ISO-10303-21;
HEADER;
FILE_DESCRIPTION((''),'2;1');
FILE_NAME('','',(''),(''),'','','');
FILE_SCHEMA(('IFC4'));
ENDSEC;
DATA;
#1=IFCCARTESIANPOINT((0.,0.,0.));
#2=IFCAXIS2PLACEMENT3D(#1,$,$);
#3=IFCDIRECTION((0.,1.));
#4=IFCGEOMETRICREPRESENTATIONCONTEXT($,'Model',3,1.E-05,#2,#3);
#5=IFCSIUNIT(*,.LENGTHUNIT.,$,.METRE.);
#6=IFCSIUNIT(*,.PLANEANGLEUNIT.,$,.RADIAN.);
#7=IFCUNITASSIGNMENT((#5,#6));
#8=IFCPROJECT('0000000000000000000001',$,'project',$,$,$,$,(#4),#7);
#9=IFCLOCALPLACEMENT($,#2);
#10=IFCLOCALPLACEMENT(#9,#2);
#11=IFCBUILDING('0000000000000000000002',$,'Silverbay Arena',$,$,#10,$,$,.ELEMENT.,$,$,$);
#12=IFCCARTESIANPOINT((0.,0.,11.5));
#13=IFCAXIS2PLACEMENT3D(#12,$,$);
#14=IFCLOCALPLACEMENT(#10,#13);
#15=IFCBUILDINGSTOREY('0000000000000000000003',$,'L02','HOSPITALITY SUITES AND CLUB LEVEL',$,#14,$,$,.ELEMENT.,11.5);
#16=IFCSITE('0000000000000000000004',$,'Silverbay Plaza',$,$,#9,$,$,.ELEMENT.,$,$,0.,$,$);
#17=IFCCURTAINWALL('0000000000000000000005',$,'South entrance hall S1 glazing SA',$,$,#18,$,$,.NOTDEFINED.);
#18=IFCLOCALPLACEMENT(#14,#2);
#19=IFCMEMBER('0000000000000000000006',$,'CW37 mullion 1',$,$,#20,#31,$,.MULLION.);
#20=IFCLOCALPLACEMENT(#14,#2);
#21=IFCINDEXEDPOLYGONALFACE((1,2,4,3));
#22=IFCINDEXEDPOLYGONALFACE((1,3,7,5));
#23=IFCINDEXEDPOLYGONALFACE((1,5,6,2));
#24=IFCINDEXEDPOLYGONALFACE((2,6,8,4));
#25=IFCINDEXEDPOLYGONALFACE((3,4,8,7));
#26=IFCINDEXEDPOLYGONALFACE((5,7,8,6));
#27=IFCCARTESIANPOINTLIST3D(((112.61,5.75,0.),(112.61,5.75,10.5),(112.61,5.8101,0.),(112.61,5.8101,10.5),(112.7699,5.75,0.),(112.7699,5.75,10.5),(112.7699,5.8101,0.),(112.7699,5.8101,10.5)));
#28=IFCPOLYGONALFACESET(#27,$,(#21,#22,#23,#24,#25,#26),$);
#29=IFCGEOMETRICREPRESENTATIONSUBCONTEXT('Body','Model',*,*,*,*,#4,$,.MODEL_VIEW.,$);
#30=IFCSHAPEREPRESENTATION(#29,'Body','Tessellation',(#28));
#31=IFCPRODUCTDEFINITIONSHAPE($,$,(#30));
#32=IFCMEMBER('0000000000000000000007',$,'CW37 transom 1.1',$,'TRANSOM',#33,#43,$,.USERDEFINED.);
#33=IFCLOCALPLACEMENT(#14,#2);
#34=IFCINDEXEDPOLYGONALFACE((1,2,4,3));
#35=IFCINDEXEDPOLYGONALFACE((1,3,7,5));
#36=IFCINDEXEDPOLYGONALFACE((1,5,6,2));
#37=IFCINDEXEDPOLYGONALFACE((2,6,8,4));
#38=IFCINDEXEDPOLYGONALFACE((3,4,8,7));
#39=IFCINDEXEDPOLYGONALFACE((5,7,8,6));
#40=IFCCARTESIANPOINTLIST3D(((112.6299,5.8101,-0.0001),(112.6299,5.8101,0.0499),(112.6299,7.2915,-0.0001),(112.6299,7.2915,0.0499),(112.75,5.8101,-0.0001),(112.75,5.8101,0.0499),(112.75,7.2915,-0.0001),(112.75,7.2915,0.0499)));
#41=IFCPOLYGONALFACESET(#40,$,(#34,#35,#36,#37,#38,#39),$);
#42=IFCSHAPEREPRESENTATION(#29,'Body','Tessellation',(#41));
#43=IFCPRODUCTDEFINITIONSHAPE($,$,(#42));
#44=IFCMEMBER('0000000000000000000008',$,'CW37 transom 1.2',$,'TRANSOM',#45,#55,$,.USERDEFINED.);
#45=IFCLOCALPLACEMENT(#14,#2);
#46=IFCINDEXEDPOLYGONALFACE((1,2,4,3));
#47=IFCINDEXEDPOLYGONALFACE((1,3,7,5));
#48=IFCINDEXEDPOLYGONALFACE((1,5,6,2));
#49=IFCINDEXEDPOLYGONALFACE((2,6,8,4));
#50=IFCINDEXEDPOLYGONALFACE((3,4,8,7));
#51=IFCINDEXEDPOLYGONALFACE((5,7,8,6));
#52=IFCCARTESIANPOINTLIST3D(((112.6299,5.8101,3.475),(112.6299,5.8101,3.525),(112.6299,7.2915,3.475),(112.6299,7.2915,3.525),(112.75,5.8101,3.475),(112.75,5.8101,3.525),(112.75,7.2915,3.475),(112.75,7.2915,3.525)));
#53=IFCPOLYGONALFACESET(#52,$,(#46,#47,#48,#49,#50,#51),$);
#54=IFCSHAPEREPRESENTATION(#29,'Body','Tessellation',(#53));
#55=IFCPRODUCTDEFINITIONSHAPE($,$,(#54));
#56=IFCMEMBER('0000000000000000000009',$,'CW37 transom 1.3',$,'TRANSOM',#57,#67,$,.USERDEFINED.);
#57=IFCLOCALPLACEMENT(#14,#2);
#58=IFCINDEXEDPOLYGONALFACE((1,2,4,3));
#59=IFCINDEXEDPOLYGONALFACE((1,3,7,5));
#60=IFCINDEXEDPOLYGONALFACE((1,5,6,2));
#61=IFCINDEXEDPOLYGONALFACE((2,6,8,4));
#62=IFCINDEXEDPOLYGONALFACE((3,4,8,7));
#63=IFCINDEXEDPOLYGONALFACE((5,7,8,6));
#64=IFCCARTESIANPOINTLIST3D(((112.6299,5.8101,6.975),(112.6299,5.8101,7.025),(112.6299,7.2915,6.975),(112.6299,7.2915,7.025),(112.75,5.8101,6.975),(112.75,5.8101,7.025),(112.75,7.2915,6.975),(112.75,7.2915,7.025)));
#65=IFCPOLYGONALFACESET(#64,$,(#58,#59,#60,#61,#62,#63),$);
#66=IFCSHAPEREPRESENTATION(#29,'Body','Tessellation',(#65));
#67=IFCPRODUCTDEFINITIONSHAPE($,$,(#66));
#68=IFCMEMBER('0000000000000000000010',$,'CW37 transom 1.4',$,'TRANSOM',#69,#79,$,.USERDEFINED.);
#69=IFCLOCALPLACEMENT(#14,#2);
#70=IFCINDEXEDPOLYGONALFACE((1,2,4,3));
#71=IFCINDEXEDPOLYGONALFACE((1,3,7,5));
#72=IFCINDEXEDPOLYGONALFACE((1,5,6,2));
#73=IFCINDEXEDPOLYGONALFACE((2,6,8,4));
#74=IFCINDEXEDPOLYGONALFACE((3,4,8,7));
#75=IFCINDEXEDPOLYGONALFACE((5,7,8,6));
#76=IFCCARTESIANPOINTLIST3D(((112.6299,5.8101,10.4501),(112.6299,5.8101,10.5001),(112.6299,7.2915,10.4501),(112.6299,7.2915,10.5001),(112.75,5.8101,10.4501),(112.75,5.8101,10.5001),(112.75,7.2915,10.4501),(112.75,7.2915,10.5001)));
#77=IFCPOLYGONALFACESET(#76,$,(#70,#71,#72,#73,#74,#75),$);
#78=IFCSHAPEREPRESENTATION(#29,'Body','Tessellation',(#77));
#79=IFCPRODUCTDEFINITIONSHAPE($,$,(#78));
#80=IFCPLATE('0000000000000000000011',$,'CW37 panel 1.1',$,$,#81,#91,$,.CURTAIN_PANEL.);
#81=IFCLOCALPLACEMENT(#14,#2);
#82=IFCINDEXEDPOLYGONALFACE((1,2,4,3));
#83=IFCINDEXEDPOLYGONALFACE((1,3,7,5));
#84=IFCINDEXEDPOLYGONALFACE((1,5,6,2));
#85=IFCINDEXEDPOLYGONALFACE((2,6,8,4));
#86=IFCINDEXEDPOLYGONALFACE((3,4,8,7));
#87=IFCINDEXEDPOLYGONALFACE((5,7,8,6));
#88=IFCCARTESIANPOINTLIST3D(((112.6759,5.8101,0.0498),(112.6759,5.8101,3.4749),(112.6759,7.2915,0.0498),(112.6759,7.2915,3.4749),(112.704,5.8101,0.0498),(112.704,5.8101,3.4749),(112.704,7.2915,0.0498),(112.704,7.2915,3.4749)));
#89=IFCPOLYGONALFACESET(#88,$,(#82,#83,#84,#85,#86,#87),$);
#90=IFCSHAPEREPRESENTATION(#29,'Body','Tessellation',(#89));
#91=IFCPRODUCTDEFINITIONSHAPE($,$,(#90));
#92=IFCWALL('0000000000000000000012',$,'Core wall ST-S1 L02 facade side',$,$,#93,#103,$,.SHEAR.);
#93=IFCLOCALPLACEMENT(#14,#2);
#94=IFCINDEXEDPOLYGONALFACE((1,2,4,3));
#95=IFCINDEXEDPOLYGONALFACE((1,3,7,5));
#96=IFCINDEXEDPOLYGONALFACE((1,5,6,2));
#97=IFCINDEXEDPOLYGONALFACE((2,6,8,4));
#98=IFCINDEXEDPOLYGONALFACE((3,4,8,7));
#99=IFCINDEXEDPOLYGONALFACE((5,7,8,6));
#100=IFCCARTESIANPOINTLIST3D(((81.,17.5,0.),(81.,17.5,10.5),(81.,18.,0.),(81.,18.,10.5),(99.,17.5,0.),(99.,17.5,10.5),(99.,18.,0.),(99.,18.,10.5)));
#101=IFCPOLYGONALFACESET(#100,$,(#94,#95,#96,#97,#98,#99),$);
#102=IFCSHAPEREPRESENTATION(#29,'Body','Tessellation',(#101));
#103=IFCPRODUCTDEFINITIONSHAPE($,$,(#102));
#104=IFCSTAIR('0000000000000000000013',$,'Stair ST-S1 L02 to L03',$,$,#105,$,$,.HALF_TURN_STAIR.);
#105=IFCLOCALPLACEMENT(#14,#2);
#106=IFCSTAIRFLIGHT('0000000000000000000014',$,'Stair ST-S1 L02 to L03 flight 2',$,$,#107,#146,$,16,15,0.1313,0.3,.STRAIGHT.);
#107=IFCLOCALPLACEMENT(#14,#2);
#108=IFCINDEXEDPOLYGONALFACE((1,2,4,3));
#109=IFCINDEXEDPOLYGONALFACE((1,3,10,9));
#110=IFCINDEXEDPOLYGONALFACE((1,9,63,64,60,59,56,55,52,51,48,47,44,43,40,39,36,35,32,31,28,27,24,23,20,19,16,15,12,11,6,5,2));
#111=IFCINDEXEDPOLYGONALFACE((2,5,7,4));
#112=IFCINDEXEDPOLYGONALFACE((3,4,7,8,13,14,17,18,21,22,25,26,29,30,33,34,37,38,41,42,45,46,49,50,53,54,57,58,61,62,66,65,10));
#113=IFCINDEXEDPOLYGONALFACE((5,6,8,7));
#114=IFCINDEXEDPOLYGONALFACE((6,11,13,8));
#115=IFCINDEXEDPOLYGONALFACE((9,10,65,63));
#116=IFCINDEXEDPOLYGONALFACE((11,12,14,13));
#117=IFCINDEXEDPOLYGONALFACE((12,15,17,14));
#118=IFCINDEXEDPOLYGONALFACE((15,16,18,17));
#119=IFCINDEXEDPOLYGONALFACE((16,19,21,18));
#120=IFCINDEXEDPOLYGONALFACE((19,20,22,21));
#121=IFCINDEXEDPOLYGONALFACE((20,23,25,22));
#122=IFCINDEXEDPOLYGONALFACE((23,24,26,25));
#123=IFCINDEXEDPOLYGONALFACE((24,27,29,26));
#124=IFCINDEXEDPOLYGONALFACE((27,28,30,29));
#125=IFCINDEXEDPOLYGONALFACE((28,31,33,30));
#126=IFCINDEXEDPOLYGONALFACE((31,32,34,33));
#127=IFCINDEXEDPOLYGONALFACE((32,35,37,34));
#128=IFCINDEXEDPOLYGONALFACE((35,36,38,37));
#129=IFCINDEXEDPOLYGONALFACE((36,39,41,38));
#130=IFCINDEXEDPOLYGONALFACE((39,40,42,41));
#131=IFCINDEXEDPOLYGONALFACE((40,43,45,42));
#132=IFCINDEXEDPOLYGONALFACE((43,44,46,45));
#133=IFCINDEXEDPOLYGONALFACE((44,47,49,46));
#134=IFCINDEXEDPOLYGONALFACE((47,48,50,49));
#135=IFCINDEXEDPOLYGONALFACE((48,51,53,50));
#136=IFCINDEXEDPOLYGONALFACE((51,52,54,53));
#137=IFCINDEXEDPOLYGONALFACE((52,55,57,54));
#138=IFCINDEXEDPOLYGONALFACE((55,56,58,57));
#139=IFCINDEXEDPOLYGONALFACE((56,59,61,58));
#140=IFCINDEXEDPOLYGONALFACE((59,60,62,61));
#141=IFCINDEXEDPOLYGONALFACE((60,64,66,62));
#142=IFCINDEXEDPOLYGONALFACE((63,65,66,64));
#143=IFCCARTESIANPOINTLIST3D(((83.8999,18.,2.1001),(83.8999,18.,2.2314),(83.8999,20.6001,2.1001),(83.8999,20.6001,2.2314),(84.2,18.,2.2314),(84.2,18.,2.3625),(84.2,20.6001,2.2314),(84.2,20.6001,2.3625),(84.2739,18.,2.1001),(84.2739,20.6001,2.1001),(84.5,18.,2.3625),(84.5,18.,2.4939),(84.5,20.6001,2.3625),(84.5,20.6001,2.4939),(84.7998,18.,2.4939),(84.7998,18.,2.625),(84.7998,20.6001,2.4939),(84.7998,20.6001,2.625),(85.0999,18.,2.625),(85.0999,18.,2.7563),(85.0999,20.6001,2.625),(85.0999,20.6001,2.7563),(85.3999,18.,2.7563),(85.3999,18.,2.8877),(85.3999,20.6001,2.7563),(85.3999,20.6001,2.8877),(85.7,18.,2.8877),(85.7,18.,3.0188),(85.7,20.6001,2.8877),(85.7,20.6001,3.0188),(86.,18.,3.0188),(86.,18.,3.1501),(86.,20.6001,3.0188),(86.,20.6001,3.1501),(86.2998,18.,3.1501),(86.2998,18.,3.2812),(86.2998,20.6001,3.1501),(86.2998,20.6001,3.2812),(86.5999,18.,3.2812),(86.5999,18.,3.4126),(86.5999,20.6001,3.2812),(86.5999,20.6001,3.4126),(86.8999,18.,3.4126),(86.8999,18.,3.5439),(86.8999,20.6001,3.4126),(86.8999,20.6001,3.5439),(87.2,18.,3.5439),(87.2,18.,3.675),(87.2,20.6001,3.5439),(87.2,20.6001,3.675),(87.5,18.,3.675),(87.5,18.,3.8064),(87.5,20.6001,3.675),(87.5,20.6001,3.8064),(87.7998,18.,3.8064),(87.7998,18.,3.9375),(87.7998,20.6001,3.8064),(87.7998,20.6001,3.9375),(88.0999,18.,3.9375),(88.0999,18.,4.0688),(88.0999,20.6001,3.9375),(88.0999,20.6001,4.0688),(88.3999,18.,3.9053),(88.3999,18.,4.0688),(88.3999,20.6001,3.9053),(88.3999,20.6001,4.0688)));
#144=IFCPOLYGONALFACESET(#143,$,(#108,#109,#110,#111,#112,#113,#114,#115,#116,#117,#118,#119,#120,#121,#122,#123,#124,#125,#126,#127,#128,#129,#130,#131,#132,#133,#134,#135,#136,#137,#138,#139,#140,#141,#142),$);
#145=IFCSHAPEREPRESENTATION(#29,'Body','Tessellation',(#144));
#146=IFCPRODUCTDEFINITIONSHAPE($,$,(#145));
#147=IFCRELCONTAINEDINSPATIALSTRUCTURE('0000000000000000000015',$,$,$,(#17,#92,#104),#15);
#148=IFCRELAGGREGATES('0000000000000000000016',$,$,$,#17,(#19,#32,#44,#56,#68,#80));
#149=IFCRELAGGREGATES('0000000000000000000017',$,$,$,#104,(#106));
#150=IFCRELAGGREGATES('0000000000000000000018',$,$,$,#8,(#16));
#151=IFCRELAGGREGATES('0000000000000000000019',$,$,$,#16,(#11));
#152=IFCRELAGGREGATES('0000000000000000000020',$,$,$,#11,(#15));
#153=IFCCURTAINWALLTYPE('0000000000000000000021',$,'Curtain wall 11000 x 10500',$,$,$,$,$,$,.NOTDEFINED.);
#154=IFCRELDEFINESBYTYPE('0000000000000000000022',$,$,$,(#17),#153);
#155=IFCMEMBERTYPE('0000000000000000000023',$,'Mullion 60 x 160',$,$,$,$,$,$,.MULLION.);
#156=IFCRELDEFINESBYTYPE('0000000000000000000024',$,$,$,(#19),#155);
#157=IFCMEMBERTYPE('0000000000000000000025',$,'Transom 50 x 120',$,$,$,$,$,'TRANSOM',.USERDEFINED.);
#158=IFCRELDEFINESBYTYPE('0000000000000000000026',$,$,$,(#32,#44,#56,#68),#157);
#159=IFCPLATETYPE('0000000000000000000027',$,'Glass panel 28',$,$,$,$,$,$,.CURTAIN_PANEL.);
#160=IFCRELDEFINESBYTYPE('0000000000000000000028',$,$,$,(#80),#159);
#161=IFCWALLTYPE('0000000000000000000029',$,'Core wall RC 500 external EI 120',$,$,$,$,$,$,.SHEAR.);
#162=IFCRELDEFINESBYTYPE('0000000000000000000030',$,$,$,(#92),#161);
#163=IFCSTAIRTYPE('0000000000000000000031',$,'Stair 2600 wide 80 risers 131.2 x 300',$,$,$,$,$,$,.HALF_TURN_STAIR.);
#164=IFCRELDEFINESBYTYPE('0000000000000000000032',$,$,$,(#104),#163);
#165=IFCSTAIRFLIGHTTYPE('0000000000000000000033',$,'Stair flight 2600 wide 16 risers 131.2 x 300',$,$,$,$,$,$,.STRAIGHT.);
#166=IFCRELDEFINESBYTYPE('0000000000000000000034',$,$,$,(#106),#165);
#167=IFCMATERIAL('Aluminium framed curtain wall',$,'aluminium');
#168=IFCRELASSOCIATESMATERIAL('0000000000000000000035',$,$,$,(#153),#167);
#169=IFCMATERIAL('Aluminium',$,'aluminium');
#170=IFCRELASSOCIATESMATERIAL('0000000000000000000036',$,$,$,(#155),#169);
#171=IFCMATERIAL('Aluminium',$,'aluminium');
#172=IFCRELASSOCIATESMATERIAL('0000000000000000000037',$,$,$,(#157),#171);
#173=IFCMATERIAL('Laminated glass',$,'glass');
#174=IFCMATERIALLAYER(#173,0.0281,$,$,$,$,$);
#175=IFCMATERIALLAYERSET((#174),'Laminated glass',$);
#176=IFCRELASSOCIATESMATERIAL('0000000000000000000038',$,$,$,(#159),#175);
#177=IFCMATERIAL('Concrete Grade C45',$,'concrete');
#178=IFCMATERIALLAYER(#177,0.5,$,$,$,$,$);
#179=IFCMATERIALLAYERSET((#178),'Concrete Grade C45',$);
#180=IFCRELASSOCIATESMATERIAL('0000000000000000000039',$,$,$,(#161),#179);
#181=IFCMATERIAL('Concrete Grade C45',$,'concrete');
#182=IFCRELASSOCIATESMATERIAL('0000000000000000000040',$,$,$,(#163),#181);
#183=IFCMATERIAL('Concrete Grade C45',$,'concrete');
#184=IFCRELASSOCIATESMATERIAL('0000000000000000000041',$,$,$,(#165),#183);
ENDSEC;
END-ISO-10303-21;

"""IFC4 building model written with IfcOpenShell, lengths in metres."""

from ifc_helpers import new_model, si_unit, direction, frame, frame_2d, origin, origin_2d, place, context, subcontext, project, spatial, polyline, rectangle, outline, extrude, material, layer, layer_set, material_profile, profile_set, type_object, element, aggregate, save


model = new_model("IFC4")

# Units and contexts
model_context = context("Model", 3, precision=1e-05, world=origin(), true_north=direction((0.0, 1.0)))
body_context = subcontext(model_context, "Body", "Model", "MODEL_VIEW")
ifc_project = project(units=[si_unit("LENGTHUNIT", "METRE"), si_unit("PLANEANGLEUNIT", "RADIAN")], contexts=[model_context])

# Site, building, storey
site_placement = place(None, origin())
site = spatial("IfcSite", under=ifc_project, at=site_placement, Name="Silverbay Plaza", CompositionType="ELEMENT", RefElevation=0.0)
building_placement = place(site_placement, origin())
building = spatial("IfcBuilding", under=site, at=building_placement, Name="Silverbay Arena", CompositionType="ELEMENT")
storey_placement = place(building_placement, frame((0.0, 0.0, 11.5)))
storey = spatial("IfcBuildingStorey", under=building, at=storey_placement, Name="L02", Description="HOSPITALITY SUITES AND CLUB LEVEL", CompositionType="ELEMENT", Elevation=11.5)

# Curtain wall, members, plate
ifc_material_1 = material(Name="Aluminium framed curtain wall", Category="aluminium")
curtain_wall_type = type_object("IfcCurtainWallType", Name="Curtain wall 11000 x 10500", PredefinedType="NOTDEFINED", material=ifc_material_1)
curtain_wall_placement = place(storey_placement, origin())
curtain_wall = element("IfcCurtainWall", 1, at=curtain_wall_placement, inside=storey, type_object=curtain_wall_type, Name="South entrance hall S1 glazing SA", PredefinedType="NOTDEFINED")
ifc_material_2 = material(Name="Aluminium", Category="aluminium")
ifc_material_profile_1 = material_profile(ifc_material_2, rectangle(XDim=0.1599, YDim=0.0601, at=origin_2d()), Name="Mullion 60 x 160")
ifc_profile_set_1 = profile_set([ifc_material_profile_1], Name="Aluminium")
member_type_1 = type_object("IfcMemberType", Name="Mullion 60 x 160", PredefinedType="MULLION", material=ifc_profile_set_1)
member_1_placement = place(storey_placement, frame((112.6899, 5.78, 0.0), z_axis=(0.0, 0.0, 1.0), x_axis=(-1.0, 0.0, 0.0)))
member_1 = element("IfcMember", 2, at=member_1_placement, type_object=member_type_1, Name="CW37 mullion 1", PredefinedType="MULLION", context=body_context, shape_type="SweptSolid", body=[
    extrude(rectangle(XDim=0.1599, YDim=0.0601, at=origin_2d()), origin(), (0.0, 0.0, 1.0), 10.5),
])
ifc_material_3 = material(Name="Aluminium", Category="aluminium")
ifc_material_profile_2 = material_profile(ifc_material_3, rectangle(XDim=0.1201, YDim=0.05, at=origin_2d()), Name="Transom 50 x 120")
ifc_profile_set_2 = profile_set([ifc_material_profile_2], Name="Aluminium")
member_type_2 = type_object("IfcMemberType", Name="Transom 50 x 120", ElementType="TRANSOM", PredefinedType="USERDEFINED", material=ifc_profile_set_2)
member_2_placement = place(storey_placement, frame((112.6899, 5.8101, 0.0249), z_axis=(0.0, 1.0, 0.0), x_axis=(-1.0, 0.0, 0.0)))
member_2 = element("IfcMember", 3, at=member_2_placement, type_object=member_type_2, Name="CW37 transom 1.1", ObjectType="TRANSOM", PredefinedType="USERDEFINED", context=body_context, shape_type="SweptSolid", body=[
    extrude(rectangle(XDim=0.1201, YDim=0.05, at=origin_2d()), origin(), (0.0, 0.0, 1.0), 1.4814),
])
member_3_placement = place(storey_placement, frame((112.6899, 5.8101, 3.5), z_axis=(0.0, 1.0, 0.0), x_axis=(-1.0, 0.0, 0.0)))
member_3 = element("IfcMember", 4, at=member_3_placement, type_object=member_type_2, Name="CW37 transom 1.2", ObjectType="TRANSOM", PredefinedType="USERDEFINED", context=body_context, shape_type="SweptSolid", body=[
    extrude(rectangle(XDim=0.1201, YDim=0.05, at=origin_2d()), origin(), (0.0, 0.0, 1.0), 1.4814),
])
member_4_placement = place(storey_placement, frame((112.6899, 5.8101, 7.0), z_axis=(0.0, 1.0, 0.0), x_axis=(-1.0, 0.0, 0.0)))
member_4 = element("IfcMember", 5, at=member_4_placement, type_object=member_type_2, Name="CW37 transom 1.3", ObjectType="TRANSOM", PredefinedType="USERDEFINED", context=body_context, shape_type="SweptSolid", body=[
    extrude(rectangle(XDim=0.1201, YDim=0.05, at=origin_2d()), origin(), (0.0, 0.0, 1.0), 1.4814),
])
member_5_placement = place(storey_placement, frame((112.6899, 5.8101, 10.4751), z_axis=(0.0, 1.0, 0.0), x_axis=(-1.0, 0.0, 0.0)))
member_5 = element("IfcMember", 6, at=member_5_placement, type_object=member_type_2, Name="CW37 transom 1.4", ObjectType="TRANSOM", PredefinedType="USERDEFINED", context=body_context, shape_type="SweptSolid", body=[
    extrude(rectangle(XDim=0.1201, YDim=0.05, at=origin_2d()), origin(), (0.0, 0.0, 1.0), 1.4814),
])
ifc_material_4 = material(Name="Laminated glass", Category="glass")
ifc_layer_1 = layer(ifc_material_4, 0.0281)
ifc_layer_set_1 = layer_set([ifc_layer_1], Name="Laminated glass")
plate_type = type_object("IfcPlateType", Name="Glass panel 28", PredefinedType="CURTAIN_PANEL", material=ifc_layer_set_1)
plate_placement = place(storey_placement, frame((112.6899, 6.5508, 0.0498), z_axis=(0.0, 0.0, 1.0), x_axis=(0.0, 1.0, 0.0)))
plate = element("IfcPlate", 7, at=plate_placement, type_object=plate_type, Name="CW37 panel 1.1", PredefinedType="CURTAIN_PANEL", context=body_context, shape_type="SweptSolid", body=[
    extrude(rectangle(XDim=1.4814, YDim=0.0281, at=origin_2d()), origin(), (0.0, 0.0, 1.0), 3.425),
])
aggregate(curtain_wall, [member_1, member_2, member_3, member_4, member_5, plate])

# Wall
ifc_material_5 = material(Name="Concrete Grade C45", Category="concrete")
ifc_layer_2 = layer(ifc_material_5, 0.5)
ifc_layer_set_2 = layer_set([ifc_layer_2], Name="Concrete Grade C45")
wall_type = type_object("IfcWallType", Name="Core wall RC 500 external EI 120", PredefinedType="SHEAR", material=ifc_layer_set_2)
wall_placement = place(storey_placement, frame((81.0, 17.75, 0.0), z_axis=(0.0, 0.0, 1.0), x_axis=(1.0, 0.0, 0.0)))
element("IfcWall", 8, at=wall_placement, inside=storey, type_object=wall_type, Name="Core wall ST-S1 L02 facade side", PredefinedType="SHEAR", context=body_context, shape_type="SweptSolid", body=[
    extrude(rectangle(XDim=18.0, YDim=0.5, at=frame_2d((9.0, 0.0))), origin(), (0.0, 0.0, 1.0), 10.5),
])

# Stair, stair flight
ifc_material_6 = material(Name="Concrete Grade C45", Category="concrete")
stair_type = type_object("IfcStairType", Name="Stair 2600 wide 80 risers 131.2 x 300", PredefinedType="HALF_TURN_STAIR", material=ifc_material_6)
stair_placement = place(storey_placement, origin())
stair = element("IfcStair", 9, at=stair_placement, inside=storey, type_object=stair_type, Name="Stair ST-S1 L02 to L03", PredefinedType="HALF_TURN_STAIR")
ifc_material_7 = material(Name="Concrete Grade C45", Category="concrete")
stair_flight_type = type_object("IfcStairFlightType", Name="Stair flight 2600 wide 16 risers 131.2 x 300", PredefinedType="STRAIGHT", material=ifc_material_7)
stair_flight_1_placement = place(storey_placement, frame((83.8999, 19.3, 2.1001), z_axis=(0.0, 0.0, 1.0), x_axis=(1.0, 0.0, 0.0)))
stair_flight_1 = element("IfcStairFlight", 10, at=stair_flight_1_placement, type_object=stair_flight_type, Name="Stair ST-S1 L02 to L03 flight 2", NumberOfRisers=16, NumberOfTreads=15, PredefinedType="STRAIGHT", RiserHeight=0.1313, TreadLength=0.3, context=body_context, shape_type="SweptSolid", body=[
    extrude(outline(polyline([(0.0, 0.0), (0.0, 0.1313), (0.3, 0.1313), (0.3, 0.2625), (0.6001, 0.2625), (0.6001, 0.3938), (0.8999, 0.3938), (0.8999, 0.5249), (1.2, 0.5249), (1.2, 0.6562), (1.5, 0.6562), (1.5, 0.7876), (1.8, 0.7876), (1.8, 0.9187), (2.1001, 0.9187), (2.1001, 1.05), (2.3999, 1.05), (2.3999, 1.1812), (2.7, 1.1812), (2.7, 1.3125), (3.0, 1.3125), (3.0, 1.4438), (3.3, 1.4438), (3.3, 1.575), (3.6001, 1.575), (3.6001, 1.7063), (3.8999, 1.7063), (3.8999, 1.8374), (4.2, 1.8374), (4.2, 1.9688), (4.5, 1.9688), (4.5, 1.8052), (0.374, 0.0), (0.0, 0.0)])), frame((0.0, 1.3, 0.0), z_axis=(0.0, -1.0, 0.0), x_axis=(1.0, 0.0, 0.0)), (0.0, 0.0, 1.0), 2.6001),
])
aggregate(stair, [stair_flight_1])

save(model, "model.ifc")
